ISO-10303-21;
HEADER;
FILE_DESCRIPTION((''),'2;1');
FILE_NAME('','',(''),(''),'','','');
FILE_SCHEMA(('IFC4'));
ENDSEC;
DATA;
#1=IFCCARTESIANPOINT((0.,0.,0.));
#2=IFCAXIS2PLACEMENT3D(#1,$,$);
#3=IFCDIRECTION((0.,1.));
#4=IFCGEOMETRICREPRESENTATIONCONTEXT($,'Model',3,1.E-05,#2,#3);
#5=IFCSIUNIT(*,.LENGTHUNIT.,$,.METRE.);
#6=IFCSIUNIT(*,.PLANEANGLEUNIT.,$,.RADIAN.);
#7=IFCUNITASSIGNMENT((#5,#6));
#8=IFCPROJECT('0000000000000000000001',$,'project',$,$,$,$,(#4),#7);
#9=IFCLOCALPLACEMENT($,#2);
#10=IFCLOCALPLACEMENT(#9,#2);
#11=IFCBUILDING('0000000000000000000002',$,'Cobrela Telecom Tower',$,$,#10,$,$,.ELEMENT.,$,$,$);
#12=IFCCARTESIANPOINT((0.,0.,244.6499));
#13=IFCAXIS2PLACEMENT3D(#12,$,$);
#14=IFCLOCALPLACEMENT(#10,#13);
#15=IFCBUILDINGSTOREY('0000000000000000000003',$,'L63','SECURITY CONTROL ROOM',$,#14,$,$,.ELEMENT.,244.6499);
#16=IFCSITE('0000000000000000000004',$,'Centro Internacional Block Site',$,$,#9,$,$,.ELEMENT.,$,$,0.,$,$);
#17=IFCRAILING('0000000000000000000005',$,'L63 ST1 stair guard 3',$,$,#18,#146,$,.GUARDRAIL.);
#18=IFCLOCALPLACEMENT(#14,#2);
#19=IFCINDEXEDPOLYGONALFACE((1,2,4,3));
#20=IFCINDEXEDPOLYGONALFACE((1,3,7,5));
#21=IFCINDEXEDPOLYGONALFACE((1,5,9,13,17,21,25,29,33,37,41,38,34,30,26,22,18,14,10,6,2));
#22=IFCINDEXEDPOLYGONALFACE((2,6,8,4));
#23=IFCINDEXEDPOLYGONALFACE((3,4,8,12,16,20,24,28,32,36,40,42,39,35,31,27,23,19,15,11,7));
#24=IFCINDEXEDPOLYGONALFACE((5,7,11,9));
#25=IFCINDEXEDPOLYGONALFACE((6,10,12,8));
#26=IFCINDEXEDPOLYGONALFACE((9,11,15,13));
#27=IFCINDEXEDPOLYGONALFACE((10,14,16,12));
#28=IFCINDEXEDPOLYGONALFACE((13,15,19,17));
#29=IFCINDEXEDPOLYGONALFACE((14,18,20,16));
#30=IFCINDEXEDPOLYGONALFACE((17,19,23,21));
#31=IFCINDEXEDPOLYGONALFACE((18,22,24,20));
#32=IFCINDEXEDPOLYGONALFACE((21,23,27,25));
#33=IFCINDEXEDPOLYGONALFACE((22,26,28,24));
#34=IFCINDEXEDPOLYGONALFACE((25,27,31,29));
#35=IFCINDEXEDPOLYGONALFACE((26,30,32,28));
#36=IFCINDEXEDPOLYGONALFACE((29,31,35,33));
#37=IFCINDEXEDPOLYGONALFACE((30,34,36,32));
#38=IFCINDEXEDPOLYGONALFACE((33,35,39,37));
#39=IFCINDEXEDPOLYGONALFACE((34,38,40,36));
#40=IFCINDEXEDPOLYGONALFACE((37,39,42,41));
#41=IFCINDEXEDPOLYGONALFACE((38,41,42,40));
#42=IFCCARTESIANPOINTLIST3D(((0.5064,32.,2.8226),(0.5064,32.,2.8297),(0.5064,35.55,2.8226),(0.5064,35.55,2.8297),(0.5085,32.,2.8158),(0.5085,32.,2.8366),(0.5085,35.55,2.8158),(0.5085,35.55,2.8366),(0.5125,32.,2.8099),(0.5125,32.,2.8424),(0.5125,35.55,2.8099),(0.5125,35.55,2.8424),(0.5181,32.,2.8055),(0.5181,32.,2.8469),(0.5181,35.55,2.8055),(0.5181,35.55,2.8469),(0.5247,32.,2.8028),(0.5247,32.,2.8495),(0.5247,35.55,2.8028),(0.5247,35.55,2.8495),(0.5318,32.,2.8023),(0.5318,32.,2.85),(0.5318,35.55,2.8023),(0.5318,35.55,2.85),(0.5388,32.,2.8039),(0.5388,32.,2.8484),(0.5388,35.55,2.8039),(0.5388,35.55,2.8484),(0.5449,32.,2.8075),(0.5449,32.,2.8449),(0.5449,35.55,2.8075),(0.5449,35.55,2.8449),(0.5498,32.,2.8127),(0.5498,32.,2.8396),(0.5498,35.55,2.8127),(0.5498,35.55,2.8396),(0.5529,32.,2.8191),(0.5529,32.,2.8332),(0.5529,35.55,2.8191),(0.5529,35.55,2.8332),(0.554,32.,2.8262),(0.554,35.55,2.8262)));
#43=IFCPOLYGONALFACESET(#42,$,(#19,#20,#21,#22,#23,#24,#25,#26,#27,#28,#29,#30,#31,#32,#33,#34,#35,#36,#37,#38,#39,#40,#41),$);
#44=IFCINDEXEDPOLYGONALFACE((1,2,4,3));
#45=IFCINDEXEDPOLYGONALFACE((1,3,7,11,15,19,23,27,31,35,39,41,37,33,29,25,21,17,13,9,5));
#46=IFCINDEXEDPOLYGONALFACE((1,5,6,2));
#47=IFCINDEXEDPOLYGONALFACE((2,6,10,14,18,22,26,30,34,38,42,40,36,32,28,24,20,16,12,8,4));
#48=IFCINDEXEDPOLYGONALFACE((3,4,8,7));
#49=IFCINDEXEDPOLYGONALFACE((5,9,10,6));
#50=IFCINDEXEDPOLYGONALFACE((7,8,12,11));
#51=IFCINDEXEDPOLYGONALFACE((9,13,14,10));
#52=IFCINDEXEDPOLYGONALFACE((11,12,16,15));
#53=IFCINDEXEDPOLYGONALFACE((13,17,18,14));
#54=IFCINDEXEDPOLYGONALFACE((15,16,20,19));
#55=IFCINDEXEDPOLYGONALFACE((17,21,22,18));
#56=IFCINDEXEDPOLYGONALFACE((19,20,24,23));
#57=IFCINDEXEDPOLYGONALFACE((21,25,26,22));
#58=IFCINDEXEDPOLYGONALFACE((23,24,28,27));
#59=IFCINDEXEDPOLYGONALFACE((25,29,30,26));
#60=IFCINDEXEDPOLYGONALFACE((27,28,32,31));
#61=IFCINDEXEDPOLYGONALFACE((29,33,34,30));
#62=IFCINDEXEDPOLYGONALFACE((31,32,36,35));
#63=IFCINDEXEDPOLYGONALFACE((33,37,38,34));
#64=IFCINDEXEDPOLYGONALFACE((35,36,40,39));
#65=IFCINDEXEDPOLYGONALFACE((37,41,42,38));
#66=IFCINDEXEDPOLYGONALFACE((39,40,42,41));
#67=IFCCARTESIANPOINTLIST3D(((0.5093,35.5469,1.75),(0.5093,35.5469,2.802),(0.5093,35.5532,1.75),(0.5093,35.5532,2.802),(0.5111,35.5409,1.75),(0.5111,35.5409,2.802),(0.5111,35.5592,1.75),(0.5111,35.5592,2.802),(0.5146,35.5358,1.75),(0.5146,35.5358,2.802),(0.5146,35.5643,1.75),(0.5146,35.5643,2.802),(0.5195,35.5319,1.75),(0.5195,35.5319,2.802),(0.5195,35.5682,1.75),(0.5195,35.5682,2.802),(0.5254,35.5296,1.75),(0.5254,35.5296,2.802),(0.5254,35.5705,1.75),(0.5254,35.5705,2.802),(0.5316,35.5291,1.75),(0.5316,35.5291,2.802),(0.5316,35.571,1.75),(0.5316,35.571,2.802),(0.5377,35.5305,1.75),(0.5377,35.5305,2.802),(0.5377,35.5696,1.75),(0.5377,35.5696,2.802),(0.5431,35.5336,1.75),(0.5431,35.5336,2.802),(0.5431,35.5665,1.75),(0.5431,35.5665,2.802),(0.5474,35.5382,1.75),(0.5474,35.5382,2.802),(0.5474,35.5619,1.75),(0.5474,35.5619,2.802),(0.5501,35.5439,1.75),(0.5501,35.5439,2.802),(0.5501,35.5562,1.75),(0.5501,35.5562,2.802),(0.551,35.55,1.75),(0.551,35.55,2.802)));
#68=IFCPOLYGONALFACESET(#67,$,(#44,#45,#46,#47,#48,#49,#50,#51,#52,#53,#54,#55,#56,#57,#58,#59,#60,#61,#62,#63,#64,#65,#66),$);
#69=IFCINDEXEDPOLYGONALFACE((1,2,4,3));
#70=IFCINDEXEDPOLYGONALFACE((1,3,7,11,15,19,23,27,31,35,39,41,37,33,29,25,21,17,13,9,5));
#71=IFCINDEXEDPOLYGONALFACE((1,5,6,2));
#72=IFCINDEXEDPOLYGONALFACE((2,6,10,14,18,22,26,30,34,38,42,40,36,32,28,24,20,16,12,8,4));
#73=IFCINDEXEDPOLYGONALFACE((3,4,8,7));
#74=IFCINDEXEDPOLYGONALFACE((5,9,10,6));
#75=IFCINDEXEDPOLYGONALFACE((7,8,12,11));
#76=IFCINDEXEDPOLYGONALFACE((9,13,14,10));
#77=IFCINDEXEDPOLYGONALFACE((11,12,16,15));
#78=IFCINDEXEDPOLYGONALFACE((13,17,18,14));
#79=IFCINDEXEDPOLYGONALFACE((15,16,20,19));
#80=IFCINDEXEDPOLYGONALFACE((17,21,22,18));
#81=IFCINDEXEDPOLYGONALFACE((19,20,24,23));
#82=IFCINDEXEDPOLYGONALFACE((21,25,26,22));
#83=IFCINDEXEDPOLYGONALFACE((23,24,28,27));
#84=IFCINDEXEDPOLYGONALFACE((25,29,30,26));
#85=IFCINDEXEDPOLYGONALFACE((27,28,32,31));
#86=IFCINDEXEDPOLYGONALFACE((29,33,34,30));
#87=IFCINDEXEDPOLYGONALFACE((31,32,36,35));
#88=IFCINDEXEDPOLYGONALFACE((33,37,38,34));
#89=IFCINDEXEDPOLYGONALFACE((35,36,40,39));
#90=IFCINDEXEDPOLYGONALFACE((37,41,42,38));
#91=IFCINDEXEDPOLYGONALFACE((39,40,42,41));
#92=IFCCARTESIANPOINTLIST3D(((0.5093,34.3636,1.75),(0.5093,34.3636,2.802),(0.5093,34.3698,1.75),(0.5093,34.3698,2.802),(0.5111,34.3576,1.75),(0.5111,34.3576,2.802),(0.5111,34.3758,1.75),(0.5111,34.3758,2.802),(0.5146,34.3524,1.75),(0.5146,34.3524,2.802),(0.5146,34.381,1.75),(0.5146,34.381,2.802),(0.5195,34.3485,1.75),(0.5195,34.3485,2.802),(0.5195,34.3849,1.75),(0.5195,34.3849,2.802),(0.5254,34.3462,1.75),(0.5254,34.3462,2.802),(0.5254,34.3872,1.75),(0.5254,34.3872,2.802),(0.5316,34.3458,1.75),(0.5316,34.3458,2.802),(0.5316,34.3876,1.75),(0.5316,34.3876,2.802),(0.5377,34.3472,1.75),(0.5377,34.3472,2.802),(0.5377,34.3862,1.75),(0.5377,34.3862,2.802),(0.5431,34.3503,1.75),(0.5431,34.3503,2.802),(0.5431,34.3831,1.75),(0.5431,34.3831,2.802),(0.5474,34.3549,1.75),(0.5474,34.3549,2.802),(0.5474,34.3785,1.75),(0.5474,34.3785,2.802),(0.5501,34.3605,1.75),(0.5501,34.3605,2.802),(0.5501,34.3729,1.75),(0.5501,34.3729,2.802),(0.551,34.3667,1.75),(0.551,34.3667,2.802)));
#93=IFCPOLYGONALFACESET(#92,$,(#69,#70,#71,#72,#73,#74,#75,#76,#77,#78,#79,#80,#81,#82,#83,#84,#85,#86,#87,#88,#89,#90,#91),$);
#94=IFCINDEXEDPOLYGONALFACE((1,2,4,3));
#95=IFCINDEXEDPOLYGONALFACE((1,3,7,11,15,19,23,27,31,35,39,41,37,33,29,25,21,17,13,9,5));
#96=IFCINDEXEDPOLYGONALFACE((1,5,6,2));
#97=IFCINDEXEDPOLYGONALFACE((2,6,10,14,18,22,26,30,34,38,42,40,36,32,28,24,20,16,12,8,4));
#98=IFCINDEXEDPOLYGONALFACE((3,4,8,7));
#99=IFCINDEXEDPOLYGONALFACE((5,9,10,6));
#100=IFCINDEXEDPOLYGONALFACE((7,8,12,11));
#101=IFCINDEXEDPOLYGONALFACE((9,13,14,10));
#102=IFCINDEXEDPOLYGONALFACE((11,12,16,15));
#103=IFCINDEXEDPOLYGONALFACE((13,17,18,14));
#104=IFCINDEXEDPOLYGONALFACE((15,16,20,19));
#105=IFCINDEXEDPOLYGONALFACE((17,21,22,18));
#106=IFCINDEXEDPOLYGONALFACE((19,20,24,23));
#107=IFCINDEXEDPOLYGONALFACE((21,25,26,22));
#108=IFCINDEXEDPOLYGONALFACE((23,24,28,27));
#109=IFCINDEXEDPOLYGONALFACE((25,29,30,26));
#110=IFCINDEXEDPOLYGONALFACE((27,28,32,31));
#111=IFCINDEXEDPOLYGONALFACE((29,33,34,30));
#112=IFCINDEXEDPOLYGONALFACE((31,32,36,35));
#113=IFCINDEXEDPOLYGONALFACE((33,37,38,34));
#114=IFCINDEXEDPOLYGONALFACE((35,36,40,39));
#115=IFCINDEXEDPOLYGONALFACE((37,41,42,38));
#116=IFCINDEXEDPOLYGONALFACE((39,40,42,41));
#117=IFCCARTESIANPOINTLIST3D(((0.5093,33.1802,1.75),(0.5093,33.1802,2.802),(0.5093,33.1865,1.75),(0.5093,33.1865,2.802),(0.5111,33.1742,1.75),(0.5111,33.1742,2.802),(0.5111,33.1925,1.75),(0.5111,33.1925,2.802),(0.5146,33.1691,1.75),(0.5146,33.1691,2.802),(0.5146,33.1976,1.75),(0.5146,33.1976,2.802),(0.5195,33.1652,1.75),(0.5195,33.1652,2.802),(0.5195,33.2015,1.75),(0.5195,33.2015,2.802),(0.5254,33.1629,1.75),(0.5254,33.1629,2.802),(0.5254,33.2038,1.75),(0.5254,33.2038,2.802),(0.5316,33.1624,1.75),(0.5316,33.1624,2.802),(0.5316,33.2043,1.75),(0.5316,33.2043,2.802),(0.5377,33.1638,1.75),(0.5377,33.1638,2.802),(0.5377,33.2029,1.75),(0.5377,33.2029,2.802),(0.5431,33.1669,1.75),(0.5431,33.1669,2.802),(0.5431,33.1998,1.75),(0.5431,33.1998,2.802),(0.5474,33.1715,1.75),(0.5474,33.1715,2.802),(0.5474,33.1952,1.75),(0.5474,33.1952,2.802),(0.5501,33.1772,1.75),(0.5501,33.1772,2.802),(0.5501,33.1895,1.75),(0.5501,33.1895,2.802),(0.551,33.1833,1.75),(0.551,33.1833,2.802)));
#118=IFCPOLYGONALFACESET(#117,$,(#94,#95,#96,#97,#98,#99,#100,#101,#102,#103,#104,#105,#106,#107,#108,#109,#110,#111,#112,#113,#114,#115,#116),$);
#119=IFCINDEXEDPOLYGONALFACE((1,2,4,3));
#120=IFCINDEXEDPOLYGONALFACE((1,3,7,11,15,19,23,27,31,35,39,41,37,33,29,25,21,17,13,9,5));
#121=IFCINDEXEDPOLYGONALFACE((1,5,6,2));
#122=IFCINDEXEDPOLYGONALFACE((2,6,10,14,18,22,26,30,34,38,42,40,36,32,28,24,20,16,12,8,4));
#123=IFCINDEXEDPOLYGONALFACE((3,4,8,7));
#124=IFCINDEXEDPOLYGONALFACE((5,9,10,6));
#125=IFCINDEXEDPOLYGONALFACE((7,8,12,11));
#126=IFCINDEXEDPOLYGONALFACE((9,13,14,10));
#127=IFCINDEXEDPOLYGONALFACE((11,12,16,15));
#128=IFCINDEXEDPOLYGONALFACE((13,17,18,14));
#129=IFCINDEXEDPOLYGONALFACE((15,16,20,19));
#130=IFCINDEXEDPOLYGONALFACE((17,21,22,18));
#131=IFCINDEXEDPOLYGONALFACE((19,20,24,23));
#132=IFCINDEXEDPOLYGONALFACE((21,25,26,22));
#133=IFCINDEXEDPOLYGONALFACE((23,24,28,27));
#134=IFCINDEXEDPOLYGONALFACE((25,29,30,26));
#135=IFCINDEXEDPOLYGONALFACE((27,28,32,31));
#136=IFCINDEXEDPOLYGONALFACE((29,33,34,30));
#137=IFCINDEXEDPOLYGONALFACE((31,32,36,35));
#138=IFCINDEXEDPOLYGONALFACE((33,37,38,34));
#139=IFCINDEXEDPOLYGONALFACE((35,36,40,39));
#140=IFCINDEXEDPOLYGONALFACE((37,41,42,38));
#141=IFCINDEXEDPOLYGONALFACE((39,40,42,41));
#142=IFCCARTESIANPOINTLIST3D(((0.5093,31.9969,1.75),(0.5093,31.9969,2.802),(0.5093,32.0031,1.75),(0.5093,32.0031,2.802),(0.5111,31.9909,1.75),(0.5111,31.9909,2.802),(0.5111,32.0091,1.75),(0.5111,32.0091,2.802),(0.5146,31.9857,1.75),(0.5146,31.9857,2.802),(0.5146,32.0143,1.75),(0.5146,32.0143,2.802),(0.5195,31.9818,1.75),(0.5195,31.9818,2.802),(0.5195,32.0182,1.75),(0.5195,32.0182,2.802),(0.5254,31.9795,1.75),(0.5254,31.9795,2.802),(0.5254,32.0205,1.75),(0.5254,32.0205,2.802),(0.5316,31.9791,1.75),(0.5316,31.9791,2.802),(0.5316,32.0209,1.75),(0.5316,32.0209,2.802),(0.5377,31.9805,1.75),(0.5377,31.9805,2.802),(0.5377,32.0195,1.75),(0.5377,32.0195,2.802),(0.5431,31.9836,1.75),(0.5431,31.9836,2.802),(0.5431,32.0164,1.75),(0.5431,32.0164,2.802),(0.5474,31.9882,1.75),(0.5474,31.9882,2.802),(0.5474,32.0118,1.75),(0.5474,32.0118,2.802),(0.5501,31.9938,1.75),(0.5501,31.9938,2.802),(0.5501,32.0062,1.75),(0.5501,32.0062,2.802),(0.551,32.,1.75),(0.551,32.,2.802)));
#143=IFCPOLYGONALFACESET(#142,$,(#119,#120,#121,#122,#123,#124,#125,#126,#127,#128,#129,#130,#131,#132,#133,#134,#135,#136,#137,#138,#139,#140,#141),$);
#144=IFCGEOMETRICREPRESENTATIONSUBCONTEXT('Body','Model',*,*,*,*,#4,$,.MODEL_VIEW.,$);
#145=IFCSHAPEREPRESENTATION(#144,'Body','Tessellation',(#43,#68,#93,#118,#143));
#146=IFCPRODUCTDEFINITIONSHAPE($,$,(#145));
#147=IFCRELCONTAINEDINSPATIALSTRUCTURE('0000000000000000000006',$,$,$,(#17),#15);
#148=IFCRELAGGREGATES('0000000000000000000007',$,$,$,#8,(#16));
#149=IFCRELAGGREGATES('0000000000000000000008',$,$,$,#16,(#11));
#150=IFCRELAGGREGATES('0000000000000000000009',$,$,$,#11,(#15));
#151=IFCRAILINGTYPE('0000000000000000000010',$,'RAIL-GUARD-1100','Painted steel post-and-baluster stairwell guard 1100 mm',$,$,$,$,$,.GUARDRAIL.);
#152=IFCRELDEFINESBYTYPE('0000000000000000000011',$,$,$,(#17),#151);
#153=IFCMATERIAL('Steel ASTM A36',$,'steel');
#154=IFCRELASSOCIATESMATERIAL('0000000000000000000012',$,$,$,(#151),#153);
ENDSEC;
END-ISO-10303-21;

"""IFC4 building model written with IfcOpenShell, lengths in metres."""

from ifc_helpers import new_model, si_unit, direction, frame, origin, origin_2d, place, context, subcontext, project, spatial, circle, extrude, material, type_object, element, save


model = new_model("IFC4")

# Units and contexts
model_context = context("Model", 3, precision=1e-05, world=origin(), true_north=direction((0.0, 1.0)))
body_context = subcontext(model_context, "Body", "Model", "MODEL_VIEW")
ifc_project = project(units=[si_unit("LENGTHUNIT", "METRE"), si_unit("PLANEANGLEUNIT", "RADIAN")], contexts=[model_context])

# Site, building, storey
site_placement = place(None, origin())
site = spatial("IfcSite", under=ifc_project, at=site_placement, Name="Centro Internacional Block Site", CompositionType="ELEMENT", RefElevation=0.0)
building_placement = place(site_placement, origin())
building = spatial("IfcBuilding", under=site, at=building_placement, Name="Cobrela Telecom Tower", CompositionType="ELEMENT")
storey_placement = place(building_placement, frame((0.0, 0.0, 244.6499)))
storey = spatial("IfcBuildingStorey", under=building, at=storey_placement, Name="L63", Description="SECURITY CONTROL ROOM", CompositionType="ELEMENT", Elevation=244.6499)

# Shared definitions
ifc_material_1 = material(Name="Steel ASTM A36", Category="steel")

# Railing
railing_type_1 = type_object("IfcRailingType", Name="RAIL-GUARD-1100", Description="Painted steel post-and-baluster stairwell guard 1100 mm", PredefinedType="GUARDRAIL", material=ifc_material_1)
railing_1_placement = place(storey_placement, frame((0.53, 35.55, 1.75)))
element("IfcRailing", 1, at=railing_1_placement, inside=storey, type_object=railing_type_1, Name="L63 ST1 stair guard 3", PredefinedType="GUARDRAIL", context=body_context, shape_type="SweptSolid", body=[
    extrude(circle(Radius=0.0239, at=origin_2d()), frame((0.0, 0.0, 1.0762), z_axis=(0.0, -1.0, 0.0), x_axis=(1.0, 0.0, 0.0)), (0.0, 0.0, 1.0), 3.55),
    extrude(circle(Radius=0.021, at=origin_2d()), origin(), (0.0, 0.0, 1.0), 1.052),
    extrude(circle(Radius=0.021, at=origin_2d()), frame((0.0, -1.1833, 0.0)), (0.0, 0.0, 1.0), 1.052),
    extrude(circle(Radius=0.021, at=origin_2d()), frame((0.0, -2.3667, 0.0)), (0.0, 0.0, 1.0), 1.052),
    extrude(circle(Radius=0.021, at=origin_2d()), frame((0.0, -3.55, 0.0)), (0.0, 0.0, 1.0), 1.052),
])

save(model, "model.ifc")
